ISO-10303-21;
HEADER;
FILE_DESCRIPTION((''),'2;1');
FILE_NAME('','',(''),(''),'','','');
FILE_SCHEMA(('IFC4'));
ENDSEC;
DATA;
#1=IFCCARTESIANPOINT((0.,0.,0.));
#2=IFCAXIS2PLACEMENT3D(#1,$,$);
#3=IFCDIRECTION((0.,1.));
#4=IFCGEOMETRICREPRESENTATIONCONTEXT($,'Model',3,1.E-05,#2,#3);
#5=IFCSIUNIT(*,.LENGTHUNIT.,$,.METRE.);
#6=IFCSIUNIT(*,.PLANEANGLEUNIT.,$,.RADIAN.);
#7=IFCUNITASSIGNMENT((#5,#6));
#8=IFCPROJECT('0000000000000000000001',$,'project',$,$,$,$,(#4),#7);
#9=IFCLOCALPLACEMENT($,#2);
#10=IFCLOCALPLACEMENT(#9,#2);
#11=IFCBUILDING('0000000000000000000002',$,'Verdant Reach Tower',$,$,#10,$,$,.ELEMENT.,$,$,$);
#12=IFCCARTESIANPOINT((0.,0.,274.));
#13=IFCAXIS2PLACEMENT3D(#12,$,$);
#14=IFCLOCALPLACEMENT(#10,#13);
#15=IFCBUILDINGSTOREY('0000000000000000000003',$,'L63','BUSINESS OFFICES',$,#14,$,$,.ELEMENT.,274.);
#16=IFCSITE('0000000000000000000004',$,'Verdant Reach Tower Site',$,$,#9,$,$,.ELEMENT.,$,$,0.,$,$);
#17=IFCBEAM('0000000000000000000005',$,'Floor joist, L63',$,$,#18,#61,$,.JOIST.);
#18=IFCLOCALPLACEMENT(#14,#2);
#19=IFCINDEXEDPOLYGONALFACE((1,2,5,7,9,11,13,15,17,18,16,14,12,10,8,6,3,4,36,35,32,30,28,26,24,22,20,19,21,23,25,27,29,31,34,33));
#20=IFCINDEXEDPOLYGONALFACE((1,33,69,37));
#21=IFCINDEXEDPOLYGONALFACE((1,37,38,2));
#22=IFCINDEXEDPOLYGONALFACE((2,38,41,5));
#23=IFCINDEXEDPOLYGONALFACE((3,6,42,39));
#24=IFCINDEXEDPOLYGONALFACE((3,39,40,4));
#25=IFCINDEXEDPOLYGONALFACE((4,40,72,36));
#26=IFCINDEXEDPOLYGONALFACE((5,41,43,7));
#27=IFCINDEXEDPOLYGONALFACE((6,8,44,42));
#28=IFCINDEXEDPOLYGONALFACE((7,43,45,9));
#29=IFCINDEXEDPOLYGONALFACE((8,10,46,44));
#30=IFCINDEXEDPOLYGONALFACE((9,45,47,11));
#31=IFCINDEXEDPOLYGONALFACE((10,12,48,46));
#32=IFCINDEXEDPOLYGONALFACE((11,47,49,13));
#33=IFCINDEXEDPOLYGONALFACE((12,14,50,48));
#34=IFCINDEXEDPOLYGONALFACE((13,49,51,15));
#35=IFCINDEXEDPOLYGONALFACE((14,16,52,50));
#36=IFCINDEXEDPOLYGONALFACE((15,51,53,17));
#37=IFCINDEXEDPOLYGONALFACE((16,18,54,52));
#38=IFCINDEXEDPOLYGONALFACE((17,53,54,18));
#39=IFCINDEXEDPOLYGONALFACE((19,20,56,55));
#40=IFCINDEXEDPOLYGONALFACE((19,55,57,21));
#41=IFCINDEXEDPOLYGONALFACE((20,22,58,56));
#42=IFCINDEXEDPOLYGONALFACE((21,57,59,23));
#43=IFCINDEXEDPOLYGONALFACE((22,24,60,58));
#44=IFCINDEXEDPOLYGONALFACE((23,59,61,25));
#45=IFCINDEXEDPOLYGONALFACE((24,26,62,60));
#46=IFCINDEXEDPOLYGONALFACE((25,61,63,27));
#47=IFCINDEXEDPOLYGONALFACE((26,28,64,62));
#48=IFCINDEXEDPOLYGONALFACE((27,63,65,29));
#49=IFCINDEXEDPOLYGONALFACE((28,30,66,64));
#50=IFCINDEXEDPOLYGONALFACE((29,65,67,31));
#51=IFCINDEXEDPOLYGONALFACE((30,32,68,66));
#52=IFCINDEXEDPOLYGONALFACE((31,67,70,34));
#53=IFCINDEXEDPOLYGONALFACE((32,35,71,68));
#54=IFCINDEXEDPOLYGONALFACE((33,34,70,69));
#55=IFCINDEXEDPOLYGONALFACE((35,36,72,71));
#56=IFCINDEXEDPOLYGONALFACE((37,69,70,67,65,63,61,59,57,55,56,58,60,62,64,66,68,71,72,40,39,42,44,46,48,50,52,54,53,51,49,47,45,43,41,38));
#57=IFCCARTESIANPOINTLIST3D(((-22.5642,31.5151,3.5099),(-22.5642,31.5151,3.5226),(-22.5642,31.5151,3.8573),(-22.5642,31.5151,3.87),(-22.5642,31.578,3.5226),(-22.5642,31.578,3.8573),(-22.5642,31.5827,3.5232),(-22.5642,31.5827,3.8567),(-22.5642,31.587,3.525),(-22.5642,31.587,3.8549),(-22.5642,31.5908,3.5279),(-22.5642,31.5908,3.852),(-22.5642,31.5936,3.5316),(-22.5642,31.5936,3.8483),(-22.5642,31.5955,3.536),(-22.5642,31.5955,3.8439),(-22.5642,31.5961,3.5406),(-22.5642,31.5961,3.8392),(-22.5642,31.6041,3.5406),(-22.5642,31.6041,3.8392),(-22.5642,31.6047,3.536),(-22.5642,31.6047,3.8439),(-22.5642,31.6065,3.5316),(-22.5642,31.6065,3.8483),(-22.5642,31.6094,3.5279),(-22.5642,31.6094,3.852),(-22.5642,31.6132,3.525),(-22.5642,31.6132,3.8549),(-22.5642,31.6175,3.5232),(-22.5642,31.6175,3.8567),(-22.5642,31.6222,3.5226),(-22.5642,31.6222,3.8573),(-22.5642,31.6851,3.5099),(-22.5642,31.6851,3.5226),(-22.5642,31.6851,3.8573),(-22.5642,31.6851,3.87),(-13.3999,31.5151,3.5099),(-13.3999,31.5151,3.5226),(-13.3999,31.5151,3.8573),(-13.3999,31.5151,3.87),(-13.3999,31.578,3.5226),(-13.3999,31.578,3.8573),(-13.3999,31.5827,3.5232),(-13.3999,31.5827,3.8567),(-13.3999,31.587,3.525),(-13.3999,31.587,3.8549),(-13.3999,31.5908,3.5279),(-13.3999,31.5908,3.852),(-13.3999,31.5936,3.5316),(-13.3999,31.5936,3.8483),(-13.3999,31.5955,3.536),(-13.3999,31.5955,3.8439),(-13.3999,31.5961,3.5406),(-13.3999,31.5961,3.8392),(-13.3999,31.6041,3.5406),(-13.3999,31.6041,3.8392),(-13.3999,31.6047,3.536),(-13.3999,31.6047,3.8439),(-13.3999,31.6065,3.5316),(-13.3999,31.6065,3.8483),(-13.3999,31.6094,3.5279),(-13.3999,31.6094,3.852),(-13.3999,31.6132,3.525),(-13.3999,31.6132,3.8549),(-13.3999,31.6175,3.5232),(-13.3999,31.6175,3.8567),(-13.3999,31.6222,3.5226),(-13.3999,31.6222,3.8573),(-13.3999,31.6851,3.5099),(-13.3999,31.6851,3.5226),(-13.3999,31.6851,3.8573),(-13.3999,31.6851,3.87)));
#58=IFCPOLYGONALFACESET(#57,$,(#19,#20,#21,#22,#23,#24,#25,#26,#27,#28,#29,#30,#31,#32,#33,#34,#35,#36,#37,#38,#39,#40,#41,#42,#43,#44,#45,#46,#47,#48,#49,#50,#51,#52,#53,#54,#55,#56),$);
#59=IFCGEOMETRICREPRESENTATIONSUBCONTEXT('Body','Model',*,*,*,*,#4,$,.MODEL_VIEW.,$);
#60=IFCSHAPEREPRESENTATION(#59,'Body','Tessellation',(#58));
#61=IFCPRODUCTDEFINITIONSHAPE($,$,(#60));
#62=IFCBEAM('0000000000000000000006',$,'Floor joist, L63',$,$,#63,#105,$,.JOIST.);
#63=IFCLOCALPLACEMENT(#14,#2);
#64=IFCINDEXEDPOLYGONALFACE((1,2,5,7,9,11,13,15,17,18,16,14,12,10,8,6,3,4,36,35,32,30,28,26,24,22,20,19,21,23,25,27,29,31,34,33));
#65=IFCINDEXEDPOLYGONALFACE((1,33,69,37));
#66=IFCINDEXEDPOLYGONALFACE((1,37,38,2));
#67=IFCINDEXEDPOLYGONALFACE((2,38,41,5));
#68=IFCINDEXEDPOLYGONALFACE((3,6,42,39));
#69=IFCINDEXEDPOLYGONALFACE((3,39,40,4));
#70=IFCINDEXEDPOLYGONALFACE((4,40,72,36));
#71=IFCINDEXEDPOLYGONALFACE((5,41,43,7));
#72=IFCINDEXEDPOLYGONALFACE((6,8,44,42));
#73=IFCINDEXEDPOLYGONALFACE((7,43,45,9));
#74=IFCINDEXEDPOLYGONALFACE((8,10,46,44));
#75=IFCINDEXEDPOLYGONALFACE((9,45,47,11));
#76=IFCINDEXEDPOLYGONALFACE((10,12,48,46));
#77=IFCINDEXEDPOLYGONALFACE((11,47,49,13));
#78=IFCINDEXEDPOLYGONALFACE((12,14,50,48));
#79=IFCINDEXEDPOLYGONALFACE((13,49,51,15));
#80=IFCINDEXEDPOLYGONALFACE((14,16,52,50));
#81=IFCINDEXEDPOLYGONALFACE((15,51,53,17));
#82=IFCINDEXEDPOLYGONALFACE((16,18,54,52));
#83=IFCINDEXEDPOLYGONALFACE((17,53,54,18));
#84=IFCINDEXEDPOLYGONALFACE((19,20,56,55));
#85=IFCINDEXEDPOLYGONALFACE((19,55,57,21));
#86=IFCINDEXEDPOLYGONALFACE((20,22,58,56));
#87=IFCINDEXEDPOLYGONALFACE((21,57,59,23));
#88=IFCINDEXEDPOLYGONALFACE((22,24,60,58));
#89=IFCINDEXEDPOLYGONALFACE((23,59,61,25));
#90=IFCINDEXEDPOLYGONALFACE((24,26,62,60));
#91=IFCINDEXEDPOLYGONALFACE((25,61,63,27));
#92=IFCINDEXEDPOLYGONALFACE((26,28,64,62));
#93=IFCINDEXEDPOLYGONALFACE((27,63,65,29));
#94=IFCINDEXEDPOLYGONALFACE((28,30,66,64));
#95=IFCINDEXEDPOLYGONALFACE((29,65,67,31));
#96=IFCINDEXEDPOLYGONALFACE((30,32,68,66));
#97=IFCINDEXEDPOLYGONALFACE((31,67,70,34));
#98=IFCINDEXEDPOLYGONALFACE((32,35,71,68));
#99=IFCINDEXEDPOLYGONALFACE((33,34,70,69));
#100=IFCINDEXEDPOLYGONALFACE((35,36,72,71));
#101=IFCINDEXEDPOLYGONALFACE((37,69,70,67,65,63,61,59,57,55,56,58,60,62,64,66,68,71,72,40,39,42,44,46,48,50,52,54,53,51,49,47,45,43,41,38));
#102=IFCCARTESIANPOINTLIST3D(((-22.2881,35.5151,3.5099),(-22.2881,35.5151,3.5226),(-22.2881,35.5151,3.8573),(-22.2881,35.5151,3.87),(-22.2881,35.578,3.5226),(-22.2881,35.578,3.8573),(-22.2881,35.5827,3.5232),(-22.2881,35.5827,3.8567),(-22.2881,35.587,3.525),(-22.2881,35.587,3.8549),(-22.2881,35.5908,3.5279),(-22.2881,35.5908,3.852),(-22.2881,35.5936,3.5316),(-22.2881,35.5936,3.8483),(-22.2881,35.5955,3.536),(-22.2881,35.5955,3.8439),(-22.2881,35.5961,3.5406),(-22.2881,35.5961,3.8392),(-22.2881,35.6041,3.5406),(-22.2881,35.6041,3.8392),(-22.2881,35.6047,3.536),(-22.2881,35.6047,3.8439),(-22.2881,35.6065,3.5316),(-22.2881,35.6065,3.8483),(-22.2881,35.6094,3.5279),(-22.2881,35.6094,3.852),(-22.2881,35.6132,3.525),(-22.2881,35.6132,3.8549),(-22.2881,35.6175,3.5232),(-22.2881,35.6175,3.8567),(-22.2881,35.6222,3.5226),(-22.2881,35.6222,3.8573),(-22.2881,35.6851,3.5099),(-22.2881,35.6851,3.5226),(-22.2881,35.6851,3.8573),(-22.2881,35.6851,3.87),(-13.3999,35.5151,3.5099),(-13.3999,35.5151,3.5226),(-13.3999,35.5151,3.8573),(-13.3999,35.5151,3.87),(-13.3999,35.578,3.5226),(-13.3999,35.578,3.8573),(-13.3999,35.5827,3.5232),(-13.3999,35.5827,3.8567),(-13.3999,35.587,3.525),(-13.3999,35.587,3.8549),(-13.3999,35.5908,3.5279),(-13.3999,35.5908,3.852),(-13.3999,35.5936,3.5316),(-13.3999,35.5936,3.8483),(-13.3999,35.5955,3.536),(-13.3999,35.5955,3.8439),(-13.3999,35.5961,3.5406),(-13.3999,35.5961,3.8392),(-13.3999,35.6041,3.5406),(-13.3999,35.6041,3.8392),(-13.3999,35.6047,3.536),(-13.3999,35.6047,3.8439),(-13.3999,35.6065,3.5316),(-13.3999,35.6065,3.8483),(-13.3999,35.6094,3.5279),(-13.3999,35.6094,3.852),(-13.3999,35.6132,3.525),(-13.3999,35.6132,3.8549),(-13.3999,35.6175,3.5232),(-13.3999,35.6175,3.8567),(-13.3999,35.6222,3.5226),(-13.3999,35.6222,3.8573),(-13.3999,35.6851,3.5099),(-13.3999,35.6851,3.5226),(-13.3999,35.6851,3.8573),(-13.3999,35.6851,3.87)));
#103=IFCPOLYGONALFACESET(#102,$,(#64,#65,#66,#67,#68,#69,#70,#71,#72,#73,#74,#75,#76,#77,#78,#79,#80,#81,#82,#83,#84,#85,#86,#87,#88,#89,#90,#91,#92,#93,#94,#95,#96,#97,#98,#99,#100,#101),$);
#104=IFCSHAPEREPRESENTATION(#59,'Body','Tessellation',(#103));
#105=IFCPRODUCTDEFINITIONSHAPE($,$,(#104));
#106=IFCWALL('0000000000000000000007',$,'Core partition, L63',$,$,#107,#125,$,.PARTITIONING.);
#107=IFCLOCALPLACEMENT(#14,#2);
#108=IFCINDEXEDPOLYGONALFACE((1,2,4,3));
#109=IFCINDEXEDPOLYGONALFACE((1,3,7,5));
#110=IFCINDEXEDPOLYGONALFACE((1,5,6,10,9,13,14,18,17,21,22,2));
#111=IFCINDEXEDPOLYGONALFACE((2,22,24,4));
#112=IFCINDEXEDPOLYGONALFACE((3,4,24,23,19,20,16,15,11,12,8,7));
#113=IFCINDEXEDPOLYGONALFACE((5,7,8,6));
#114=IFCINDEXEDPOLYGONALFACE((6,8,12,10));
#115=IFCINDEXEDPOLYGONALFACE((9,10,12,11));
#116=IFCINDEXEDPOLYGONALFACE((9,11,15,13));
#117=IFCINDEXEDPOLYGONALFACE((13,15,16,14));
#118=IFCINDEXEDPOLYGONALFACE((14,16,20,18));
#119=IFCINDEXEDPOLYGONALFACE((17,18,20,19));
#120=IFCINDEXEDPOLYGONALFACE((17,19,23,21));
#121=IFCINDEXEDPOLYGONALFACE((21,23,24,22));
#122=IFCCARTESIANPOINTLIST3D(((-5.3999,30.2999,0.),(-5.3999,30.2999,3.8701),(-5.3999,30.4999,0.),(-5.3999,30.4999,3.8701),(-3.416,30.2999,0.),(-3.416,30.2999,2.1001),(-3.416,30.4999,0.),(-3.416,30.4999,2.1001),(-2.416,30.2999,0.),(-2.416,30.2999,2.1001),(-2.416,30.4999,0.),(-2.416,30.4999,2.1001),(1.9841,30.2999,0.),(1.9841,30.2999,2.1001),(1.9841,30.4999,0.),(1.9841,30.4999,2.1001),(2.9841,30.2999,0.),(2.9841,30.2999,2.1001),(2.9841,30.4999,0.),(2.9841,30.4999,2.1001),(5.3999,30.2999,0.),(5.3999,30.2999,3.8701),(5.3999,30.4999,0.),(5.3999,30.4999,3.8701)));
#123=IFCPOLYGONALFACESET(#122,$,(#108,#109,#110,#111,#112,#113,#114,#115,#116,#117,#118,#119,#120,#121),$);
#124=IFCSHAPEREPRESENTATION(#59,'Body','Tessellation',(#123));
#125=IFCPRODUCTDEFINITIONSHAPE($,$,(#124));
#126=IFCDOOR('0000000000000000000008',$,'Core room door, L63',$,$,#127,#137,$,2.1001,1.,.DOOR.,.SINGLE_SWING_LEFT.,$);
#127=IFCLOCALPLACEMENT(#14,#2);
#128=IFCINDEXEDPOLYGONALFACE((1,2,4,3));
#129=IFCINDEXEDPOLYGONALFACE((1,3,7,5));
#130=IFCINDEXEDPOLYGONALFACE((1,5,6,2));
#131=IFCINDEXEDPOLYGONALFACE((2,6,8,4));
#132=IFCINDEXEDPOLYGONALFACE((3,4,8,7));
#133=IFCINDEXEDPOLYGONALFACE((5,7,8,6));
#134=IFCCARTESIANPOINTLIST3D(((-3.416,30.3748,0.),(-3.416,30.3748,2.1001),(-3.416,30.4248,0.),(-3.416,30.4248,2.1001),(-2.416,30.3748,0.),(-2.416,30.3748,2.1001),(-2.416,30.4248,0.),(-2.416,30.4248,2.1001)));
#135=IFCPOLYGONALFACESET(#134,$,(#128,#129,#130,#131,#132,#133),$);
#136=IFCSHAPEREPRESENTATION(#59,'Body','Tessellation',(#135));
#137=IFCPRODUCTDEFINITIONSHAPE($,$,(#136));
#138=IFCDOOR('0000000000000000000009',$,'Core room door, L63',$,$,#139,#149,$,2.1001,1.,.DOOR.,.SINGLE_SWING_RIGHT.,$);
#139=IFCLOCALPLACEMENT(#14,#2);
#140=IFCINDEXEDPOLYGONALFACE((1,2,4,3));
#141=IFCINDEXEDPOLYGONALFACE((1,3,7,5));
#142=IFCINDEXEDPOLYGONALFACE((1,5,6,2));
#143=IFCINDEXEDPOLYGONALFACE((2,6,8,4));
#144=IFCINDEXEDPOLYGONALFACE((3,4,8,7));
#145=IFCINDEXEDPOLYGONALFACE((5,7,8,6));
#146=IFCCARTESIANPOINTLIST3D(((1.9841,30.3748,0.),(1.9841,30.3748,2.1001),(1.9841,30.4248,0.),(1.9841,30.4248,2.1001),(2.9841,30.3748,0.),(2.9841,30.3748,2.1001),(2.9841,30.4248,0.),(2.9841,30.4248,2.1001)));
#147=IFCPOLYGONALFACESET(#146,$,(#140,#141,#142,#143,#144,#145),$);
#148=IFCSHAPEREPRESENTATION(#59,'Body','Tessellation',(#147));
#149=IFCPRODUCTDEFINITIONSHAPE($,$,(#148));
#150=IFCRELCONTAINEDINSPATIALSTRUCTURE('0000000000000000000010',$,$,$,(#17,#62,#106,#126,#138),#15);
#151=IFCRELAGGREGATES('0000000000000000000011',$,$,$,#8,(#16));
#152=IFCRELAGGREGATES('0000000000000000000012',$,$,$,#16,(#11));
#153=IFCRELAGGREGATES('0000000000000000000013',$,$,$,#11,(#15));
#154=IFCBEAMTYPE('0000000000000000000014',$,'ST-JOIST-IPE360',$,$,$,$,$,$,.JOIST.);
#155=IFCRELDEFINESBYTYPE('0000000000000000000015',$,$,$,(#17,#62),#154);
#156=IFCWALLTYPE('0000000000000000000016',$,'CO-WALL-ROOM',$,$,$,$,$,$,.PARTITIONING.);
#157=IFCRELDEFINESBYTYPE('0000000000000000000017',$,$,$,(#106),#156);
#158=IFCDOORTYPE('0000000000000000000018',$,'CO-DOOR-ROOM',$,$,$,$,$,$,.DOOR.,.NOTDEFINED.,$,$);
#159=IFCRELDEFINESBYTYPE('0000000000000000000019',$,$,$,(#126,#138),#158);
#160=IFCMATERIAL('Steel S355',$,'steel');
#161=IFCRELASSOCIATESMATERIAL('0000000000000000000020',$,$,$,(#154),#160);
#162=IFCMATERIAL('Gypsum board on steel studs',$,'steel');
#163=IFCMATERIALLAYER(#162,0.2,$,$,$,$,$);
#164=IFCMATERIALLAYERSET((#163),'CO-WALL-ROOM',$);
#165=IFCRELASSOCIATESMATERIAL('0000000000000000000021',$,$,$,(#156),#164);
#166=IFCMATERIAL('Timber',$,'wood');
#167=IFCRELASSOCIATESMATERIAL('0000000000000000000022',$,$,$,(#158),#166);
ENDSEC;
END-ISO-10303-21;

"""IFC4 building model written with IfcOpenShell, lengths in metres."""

from ifc_helpers import new_model, si_unit, direction, frame, frame_2d, origin, origin_2d, place, context, subcontext, project, spatial, rectangle, i_section, extrude, material, layer, layer_set, material_profile, profile_set, type_object, element, fill, save


model = new_model("IFC4")

# Units and contexts
model_context = context("Model", 3, precision=1e-05, world=origin(), true_north=direction((0.0, 1.0)))
body_context = subcontext(model_context, "Body", "Model", "MODEL_VIEW")
ifc_project = project(units=[si_unit("LENGTHUNIT", "METRE"), si_unit("PLANEANGLEUNIT", "RADIAN")], contexts=[model_context])

# Site, building, storey
site_placement = place(None, origin())
site = spatial("IfcSite", under=ifc_project, at=site_placement, Name="Verdant Reach Tower Site", CompositionType="ELEMENT", RefElevation=0.0)
building_placement = place(site_placement, origin())
building = spatial("IfcBuilding", under=site, at=building_placement, Name="Verdant Reach Tower", CompositionType="ELEMENT")
storey_placement = place(building_placement, frame((0.0, 0.0, 274.0)))
storey = spatial("IfcBuildingStorey", under=building, at=storey_placement, Name="L63", Description="BUSINESS OFFICES", CompositionType="ELEMENT", Elevation=274.0)

# Beams
ifc_material_1 = material(Name="Steel S355", Category="steel")
ifc_material_profile = material_profile(ifc_material_1, i_section(OverallWidth=0.1699, OverallDepth=0.3601, WebThickness=0.0081, FlangeThickness=0.0127, FilletRadius=0.0181, at=origin_2d()), Name="IPE 360")
ifc_profile_set = profile_set([ifc_material_profile], Name="Steel S355")
beam_type = type_object("IfcBeamType", Name="ST-JOIST-IPE360", PredefinedType="JOIST", material=ifc_profile_set)
beam_1_placement = place(storey_placement, frame((-13.3999, 31.6001, 3.6899), z_axis=(-1.0, 0.0, 0.0), x_axis=(0.0, -1.0, 0.0)))
element("IfcBeam", 1, at=beam_1_placement, inside=storey, type_object=beam_type, Name="Floor joist, L63", PredefinedType="JOIST", context=body_context, shape_type="SweptSolid", body=[
    extrude(i_section(OverallWidth=0.1699, OverallDepth=0.3601, WebThickness=0.0081, FlangeThickness=0.0127, FilletRadius=0.0181, at=origin_2d()), origin(), (0.0, 0.0, 1.0), 9.1643),
])
beam_2_placement = place(storey_placement, frame((-13.3999, 35.6001, 3.6899), z_axis=(-1.0, 0.0, 0.0), x_axis=(0.0, -1.0, 0.0)))
element("IfcBeam", 2, at=beam_2_placement, inside=storey, type_object=beam_type, Name="Floor joist, L63", PredefinedType="JOIST", context=body_context, shape_type="SweptSolid", body=[
    extrude(i_section(OverallWidth=0.1699, OverallDepth=0.3601, WebThickness=0.0081, FlangeThickness=0.0127, FilletRadius=0.0181, at=origin_2d()), origin(), (0.0, 0.0, 1.0), 8.8882),
])

# Wall, openings, doors
ifc_material_2 = material(Name="Gypsum board on steel studs", Category="steel")
ifc_layer_1 = layer(ifc_material_2, 0.2)
ifc_layer_set_1 = layer_set([ifc_layer_1], Name="CO-WALL-ROOM")
wall_type_1 = type_object("IfcWallType", Name="CO-WALL-ROOM", PredefinedType="PARTITIONING", material=ifc_layer_set_1)
wall_1_placement = place(storey_placement, frame((-5.3999, 30.3999, 0.0), z_axis=(0.0, 0.0, 1.0), x_axis=(1.0, 0.0, 0.0)))
wall_1 = element("IfcWall", 3, at=wall_1_placement, inside=storey, type_object=wall_type_1, Name="Core partition, L63", PredefinedType="PARTITIONING", context=body_context, shape_type="SweptSolid", body=[
    extrude(rectangle(XDim=10.7998, YDim=0.2, at=frame_2d((5.3999, 0.0))), origin(), (0.0, 0.0, 1.0), 3.8701),
])
opening_1_placement = place(wall_1_placement, frame((1.9839, 0.0, 0.0)))
opening_1 = element("IfcOpeningElement", 4, at=opening_1_placement, cuts=wall_1, PredefinedType="OPENING", context=body_context, shape_type="SweptSolid", body=[
    extrude(rectangle(XDim=1.0, YDim=2.1001, at=frame_2d((0.5, 1.05))), frame((0.0, 0.1099, 0.0), z_axis=(0.0, -1.0, 0.0), x_axis=(1.0, 0.0, 0.0)), (0.0, 0.0, 1.0), 0.22),
])
opening_2_placement = place(wall_1_placement, frame((7.384, 0.0, 0.0)))
opening_2 = element("IfcOpeningElement", 5, at=opening_2_placement, cuts=wall_1, PredefinedType="OPENING", context=body_context, shape_type="SweptSolid", body=[
    extrude(rectangle(XDim=1.0, YDim=2.1001, at=frame_2d((0.5, 1.05))), frame((0.0, 0.1099, 0.0), z_axis=(0.0, -1.0, 0.0), x_axis=(1.0, 0.0, 0.0)), (0.0, 0.0, 1.0), 0.22),
])
ifc_material_3 = material(Name="Timber", Category="wood")
door_type_1 = type_object("IfcDoorType", Name="CO-DOOR-ROOM", OperationType="NOTDEFINED", PredefinedType="DOOR", material=ifc_material_3)
door_1_placement = place(opening_1_placement, origin())
door_1 = element("IfcDoor", 6, at=door_1_placement, inside=storey, type_object=door_type_1, Name="Core room door, L63", OperationType="SINGLE_SWING_LEFT", OverallHeight=2.1001, OverallWidth=1.0, PredefinedType="DOOR", context=body_context, shape_type="SweptSolid", body=[
    extrude(rectangle(XDim=1.0, YDim=2.1001, at=frame_2d((0.5, 1.05))), frame((0.0, 0.0249, 0.0), z_axis=(0.0, -1.0, 0.0), x_axis=(1.0, 0.0, 0.0)), (0.0, 0.0, 1.0), 0.05),
])
fill(opening_1, door_1)
door_2_placement = place(opening_2_placement, origin())
door_2 = element("IfcDoor", 7, at=door_2_placement, inside=storey, type_object=door_type_1, Name="Core room door, L63", OperationType="SINGLE_SWING_RIGHT", OverallHeight=2.1001, OverallWidth=1.0, PredefinedType="DOOR", context=body_context, shape_type="SweptSolid", body=[
    extrude(rectangle(XDim=1.0, YDim=2.1001, at=frame_2d((0.5, 1.05))), frame((0.0, 0.0249, 0.0), z_axis=(0.0, -1.0, 0.0), x_axis=(1.0, 0.0, 0.0)), (0.0, 0.0, 1.0), 0.05),
])
fill(opening_2, door_2)

save(model, "model.ifc")
